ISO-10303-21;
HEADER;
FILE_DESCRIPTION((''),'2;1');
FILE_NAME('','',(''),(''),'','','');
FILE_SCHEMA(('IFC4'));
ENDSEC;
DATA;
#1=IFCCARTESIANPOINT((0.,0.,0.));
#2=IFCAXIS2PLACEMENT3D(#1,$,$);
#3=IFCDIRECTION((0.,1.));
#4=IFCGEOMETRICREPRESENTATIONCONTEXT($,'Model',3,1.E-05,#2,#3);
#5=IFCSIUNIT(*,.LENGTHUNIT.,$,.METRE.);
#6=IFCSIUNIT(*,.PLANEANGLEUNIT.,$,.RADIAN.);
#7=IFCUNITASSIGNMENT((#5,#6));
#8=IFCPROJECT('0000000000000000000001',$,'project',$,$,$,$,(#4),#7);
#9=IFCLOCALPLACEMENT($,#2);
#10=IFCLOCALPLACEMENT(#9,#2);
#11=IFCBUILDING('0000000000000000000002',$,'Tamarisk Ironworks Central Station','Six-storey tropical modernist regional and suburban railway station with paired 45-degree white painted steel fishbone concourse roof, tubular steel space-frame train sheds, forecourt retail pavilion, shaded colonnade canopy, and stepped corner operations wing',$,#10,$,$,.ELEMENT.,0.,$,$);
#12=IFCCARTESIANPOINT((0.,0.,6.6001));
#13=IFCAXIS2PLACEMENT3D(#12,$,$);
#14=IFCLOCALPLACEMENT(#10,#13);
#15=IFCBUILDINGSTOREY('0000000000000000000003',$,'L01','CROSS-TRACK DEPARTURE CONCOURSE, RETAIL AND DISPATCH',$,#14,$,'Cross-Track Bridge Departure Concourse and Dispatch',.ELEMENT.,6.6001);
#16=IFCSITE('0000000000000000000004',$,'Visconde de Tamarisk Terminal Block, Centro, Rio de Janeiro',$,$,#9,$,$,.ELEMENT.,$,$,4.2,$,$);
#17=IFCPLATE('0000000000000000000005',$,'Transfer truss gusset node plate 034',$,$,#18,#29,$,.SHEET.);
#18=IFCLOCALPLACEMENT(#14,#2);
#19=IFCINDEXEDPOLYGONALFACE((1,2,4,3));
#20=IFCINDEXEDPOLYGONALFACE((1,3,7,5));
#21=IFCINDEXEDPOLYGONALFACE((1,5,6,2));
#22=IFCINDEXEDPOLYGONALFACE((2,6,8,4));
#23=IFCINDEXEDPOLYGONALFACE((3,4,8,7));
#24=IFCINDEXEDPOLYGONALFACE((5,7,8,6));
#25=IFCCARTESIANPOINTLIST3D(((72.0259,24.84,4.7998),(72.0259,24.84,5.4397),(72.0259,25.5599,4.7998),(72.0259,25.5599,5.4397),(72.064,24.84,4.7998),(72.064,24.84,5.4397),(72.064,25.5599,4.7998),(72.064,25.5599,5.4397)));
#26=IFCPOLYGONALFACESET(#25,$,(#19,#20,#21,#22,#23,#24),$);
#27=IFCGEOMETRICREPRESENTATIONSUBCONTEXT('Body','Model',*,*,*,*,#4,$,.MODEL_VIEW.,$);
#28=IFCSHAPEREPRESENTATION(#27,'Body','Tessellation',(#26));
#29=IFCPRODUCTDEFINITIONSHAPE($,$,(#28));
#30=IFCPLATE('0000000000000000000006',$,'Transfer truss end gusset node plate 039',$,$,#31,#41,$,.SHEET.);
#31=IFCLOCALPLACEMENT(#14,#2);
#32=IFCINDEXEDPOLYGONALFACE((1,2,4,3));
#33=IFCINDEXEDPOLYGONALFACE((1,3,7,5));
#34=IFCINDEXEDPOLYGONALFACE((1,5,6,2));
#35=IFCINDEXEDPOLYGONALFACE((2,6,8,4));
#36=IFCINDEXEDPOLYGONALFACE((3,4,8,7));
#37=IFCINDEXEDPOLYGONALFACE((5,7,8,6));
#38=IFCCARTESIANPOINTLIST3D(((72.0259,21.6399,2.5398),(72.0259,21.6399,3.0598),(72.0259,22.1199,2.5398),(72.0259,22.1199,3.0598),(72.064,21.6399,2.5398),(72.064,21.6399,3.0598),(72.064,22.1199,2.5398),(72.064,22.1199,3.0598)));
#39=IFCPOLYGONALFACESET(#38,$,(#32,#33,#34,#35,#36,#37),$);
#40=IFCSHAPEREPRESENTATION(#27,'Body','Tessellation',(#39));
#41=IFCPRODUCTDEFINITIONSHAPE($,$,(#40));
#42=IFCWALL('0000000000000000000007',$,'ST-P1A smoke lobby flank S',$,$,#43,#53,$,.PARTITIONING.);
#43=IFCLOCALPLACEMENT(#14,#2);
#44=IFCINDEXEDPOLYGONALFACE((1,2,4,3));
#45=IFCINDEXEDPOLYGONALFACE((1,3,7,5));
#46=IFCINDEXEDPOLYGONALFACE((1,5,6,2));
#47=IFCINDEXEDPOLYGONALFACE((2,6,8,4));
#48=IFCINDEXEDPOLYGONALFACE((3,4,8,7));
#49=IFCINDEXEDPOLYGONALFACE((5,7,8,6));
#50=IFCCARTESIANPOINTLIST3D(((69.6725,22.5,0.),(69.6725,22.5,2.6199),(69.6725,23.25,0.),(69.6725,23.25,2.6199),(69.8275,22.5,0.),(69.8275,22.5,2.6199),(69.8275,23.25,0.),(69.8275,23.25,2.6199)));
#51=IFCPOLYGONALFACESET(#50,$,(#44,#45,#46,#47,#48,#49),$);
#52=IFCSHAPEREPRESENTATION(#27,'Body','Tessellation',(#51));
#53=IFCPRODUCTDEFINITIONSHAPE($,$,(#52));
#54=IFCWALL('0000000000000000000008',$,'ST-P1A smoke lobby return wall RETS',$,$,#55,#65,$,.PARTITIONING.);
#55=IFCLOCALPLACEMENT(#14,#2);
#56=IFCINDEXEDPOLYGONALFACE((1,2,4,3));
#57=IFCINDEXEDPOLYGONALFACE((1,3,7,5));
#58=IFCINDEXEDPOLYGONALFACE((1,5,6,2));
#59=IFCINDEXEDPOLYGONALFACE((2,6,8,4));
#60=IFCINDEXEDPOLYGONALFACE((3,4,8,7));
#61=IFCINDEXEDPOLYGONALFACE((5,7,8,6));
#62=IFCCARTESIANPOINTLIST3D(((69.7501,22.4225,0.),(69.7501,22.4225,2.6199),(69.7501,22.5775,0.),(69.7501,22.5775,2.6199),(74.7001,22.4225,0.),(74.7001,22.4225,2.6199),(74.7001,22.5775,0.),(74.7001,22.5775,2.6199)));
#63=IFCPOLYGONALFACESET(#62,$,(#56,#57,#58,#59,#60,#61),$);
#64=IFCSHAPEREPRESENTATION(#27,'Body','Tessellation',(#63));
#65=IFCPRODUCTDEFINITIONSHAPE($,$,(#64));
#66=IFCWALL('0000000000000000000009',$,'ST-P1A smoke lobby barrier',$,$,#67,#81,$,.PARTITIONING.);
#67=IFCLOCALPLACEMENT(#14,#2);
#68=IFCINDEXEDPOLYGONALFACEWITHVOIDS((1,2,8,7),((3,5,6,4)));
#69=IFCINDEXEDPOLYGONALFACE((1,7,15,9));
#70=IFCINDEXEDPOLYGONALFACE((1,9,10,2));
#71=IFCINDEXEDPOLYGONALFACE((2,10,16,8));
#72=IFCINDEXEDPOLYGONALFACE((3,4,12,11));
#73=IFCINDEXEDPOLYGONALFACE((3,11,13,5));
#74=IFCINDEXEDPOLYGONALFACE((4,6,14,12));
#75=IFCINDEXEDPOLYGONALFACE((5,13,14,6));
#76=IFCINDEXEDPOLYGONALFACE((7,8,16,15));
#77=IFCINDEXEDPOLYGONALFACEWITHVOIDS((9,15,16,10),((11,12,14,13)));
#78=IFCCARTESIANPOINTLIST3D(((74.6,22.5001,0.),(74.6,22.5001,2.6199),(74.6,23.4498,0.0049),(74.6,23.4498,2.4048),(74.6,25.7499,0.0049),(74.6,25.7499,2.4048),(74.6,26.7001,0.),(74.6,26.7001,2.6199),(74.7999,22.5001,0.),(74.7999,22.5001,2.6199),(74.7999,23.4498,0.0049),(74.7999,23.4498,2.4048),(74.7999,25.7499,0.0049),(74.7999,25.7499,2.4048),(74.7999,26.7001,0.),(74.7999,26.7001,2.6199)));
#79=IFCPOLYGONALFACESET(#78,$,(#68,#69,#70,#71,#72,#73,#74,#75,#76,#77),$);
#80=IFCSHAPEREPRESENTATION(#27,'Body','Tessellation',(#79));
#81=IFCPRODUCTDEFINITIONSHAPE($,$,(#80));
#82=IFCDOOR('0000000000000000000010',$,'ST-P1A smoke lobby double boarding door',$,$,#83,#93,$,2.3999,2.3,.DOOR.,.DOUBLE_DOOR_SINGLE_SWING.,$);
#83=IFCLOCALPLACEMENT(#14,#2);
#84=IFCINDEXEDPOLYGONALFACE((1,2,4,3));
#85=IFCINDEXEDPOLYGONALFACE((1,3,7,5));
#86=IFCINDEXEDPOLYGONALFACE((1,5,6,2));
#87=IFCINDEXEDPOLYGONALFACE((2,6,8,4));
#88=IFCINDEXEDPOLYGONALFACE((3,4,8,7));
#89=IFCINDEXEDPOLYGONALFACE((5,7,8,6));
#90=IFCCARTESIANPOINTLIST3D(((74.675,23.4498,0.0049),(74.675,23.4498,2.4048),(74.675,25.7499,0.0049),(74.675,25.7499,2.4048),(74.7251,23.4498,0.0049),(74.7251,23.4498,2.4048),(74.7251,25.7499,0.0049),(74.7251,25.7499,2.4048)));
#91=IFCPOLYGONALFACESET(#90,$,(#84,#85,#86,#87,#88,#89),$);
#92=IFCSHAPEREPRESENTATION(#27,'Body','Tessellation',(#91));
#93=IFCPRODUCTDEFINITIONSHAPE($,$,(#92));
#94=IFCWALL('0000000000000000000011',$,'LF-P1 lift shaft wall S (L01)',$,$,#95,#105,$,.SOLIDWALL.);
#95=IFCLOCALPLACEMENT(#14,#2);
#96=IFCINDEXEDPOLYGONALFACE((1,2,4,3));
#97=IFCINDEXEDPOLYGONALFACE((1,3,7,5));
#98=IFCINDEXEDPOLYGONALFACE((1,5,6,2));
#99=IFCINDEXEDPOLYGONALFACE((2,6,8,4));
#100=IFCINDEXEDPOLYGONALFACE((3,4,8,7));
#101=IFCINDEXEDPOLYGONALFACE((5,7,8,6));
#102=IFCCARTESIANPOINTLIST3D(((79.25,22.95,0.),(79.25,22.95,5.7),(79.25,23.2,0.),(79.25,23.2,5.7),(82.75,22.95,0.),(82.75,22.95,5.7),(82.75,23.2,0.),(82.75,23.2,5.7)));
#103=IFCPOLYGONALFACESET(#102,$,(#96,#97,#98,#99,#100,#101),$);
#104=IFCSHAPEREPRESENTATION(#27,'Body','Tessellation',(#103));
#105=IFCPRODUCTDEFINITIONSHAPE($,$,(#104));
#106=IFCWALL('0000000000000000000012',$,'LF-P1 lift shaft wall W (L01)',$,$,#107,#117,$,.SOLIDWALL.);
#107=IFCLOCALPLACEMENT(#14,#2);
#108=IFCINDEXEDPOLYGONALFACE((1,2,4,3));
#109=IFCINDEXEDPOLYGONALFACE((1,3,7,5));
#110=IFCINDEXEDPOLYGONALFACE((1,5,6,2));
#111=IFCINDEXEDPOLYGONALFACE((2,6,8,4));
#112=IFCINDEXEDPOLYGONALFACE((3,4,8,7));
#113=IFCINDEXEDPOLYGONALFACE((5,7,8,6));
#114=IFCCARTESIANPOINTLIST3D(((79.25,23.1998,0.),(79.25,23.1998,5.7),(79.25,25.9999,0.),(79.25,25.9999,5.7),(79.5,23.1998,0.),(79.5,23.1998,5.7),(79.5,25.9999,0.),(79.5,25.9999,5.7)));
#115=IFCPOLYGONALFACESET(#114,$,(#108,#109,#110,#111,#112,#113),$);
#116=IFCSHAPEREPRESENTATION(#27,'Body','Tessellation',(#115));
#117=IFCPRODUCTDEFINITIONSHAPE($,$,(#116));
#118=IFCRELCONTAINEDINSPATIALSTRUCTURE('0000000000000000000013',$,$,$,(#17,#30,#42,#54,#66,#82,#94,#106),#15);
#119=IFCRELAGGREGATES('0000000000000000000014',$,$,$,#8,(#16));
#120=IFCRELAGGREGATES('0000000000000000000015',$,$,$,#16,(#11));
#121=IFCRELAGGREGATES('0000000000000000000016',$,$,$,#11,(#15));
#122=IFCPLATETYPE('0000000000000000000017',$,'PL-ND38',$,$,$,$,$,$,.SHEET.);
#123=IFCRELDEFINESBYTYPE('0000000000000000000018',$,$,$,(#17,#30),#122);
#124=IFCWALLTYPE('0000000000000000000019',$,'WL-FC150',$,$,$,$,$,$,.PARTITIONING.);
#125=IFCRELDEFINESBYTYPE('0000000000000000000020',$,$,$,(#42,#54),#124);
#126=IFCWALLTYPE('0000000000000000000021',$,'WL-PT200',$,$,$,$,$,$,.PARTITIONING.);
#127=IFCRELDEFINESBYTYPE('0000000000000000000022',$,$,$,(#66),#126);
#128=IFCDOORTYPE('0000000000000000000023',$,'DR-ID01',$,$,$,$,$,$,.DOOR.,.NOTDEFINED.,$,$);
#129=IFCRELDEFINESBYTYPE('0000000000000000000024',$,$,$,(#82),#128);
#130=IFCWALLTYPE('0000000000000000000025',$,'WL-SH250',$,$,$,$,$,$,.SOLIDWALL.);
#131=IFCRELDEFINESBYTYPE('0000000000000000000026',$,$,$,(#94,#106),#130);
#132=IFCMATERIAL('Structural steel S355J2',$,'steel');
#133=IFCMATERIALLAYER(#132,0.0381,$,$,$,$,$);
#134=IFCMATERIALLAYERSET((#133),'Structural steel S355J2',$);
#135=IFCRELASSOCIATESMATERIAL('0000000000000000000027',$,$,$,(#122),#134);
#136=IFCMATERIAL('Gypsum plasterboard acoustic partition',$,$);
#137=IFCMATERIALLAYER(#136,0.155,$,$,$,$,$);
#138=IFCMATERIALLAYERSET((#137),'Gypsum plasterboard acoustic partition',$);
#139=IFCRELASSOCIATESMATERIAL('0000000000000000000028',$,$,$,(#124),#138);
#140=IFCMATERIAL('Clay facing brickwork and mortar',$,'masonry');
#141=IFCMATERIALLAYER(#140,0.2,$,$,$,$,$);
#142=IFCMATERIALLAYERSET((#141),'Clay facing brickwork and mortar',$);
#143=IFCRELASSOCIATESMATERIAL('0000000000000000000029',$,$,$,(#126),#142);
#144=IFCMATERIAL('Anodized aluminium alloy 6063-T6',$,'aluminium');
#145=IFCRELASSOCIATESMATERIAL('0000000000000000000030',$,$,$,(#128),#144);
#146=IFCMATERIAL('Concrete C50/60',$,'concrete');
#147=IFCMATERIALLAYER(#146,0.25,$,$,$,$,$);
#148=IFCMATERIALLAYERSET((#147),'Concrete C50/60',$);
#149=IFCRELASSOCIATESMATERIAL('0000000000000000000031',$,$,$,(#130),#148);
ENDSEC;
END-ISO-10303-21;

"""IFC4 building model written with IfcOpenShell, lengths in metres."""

from ifc_helpers import new_model, si_unit, direction, frame, frame_2d, origin, origin_2d, place, context, subcontext, project, spatial, rectangle, extrude, material, layer, layer_set, type_object, element, fill, save


model = new_model("IFC4")

# Units and contexts
model_context = context("Model", 3, precision=1e-05, world=origin(), true_north=direction((0.0, 1.0)))
body_context = subcontext(model_context, "Body", "Model", "MODEL_VIEW")
ifc_project = project(units=[si_unit("LENGTHUNIT", "METRE"), si_unit("PLANEANGLEUNIT", "RADIAN")], contexts=[model_context])

# Site, building, storey
site_placement = place(None, origin())
site = spatial("IfcSite", under=ifc_project, at=site_placement, Name="Visconde de Tamarisk Terminal Block, Centro, Rio de Janeiro", CompositionType="ELEMENT", RefElevation=4.2)
building_placement = place(site_placement, origin())
building = spatial("IfcBuilding", under=site, at=building_placement, Name="Tamarisk Ironworks Central Station", Description="Six-storey tropical modernist regional and suburban railway station with paired 45-degree white painted steel fishbone concourse roof, tubular steel space-frame train sheds, forecourt retail pavilion, shaded colonnade canopy, and stepped corner operations wing", CompositionType="ELEMENT", ElevationOfRefHeight=0.0)
storey_placement = place(building_placement, frame((0.0, 0.0, 6.6001)))
storey = spatial("IfcBuildingStorey", under=building, at=storey_placement, Name="L01", Description="CROSS-TRACK DEPARTURE CONCOURSE, RETAIL AND DISPATCH", LongName="Cross-Track Bridge Departure Concourse and Dispatch", CompositionType="ELEMENT", Elevation=6.6001)

# Shared definitions
ifc_material_1 = material(Name="Structural steel S355J2", Category="steel")

# Plates
ifc_layer_1 = layer(ifc_material_1, 0.0381)
ifc_layer_set_1 = layer_set([ifc_layer_1], Name="Structural steel S355J2")
plate_type_1 = type_object("IfcPlateType", Name="PL-ND38", PredefinedType="SHEET", material=ifc_layer_set_1)
for number, where, z_axis, x_axis, name in (
    (1, (72.0449, 25.2, 4.7998), (0.0, 0.0, 1.0), (1.0, 0.0, 0.0), "Transfer truss gusset node plate 034"),
):
    element("IfcPlate", number, at=place(storey_placement, frame(where, z_axis=z_axis, x_axis=x_axis)), inside=storey, type_object=plate_type_1, Name=name, PredefinedType="SHEET", context=body_context, shape_type="SweptSolid", body=[
        extrude(rectangle(XDim=0.0381, YDim=0.72, at=origin_2d()), origin(), (0.0, 0.0, 1.0), 0.6399),
    ])
plate_1_placement = place(storey_placement, frame((72.0449, 21.8799, 2.5398), z_axis=(0.0, 0.0, 1.0), x_axis=(1.0, 0.0, 0.0)))
element("IfcPlate", 2, at=plate_1_placement, inside=storey, type_object=plate_type_1, Name="Transfer truss end gusset node plate 039", PredefinedType="SHEET", context=body_context, shape_type="SweptSolid", body=[
    extrude(rectangle(XDim=0.0381, YDim=0.48, at=origin_2d()), origin(), (0.0, 0.0, 1.0), 0.52),
])

# Walls
ifc_material_2 = material(Name="Gypsum plasterboard acoustic partition")
ifc_layer_2 = layer(ifc_material_2, 0.155)
ifc_layer_set_2 = layer_set([ifc_layer_2], Name="Gypsum plasterboard acoustic partition")
wall_type_1 = type_object("IfcWallType", Name="WL-FC150", PredefinedType="PARTITIONING", material=ifc_layer_set_2)
wall_1_placement = place(storey_placement, frame((69.75, 22.5, 0.0), z_axis=(0.0, 0.0, 1.0), x_axis=(0.0, 1.0, 0.0)))
element("IfcWall", 3, at=wall_1_placement, inside=storey, type_object=wall_type_1, Name="ST-P1A smoke lobby flank S", PredefinedType="PARTITIONING", context=body_context, shape_type="SweptSolid", body=[
    extrude(rectangle(XDim=0.75, YDim=0.155, at=frame_2d((0.375, 0.0))), origin(), (0.0, 0.0, 1.0), 2.6199),
])
wall_2_placement = place(storey_placement, frame((69.75, 22.5, 0.0), z_axis=(0.0, 0.0, 1.0), x_axis=(1.0, 0.0, 0.0)))
element("IfcWall", 4, at=wall_2_placement, inside=storey, type_object=wall_type_1, Name="ST-P1A smoke lobby return wall RETS", PredefinedType="PARTITIONING", context=body_context, shape_type="SweptSolid", body=[
    extrude(rectangle(XDim=4.95, YDim=0.155, at=frame_2d((2.4751, 0.0))), origin(), (0.0, 0.0, 1.0), 2.6199),
])

# Wall, opening, door
ifc_material_3 = material(Name="Clay facing brickwork and mortar", Category="masonry")
ifc_layer_3 = layer(ifc_material_3, 0.2)
ifc_layer_set_3 = layer_set([ifc_layer_3], Name="Clay facing brickwork and mortar")
wall_type_2 = type_object("IfcWallType", Name="WL-PT200", PredefinedType="PARTITIONING", material=ifc_layer_set_3)
wall_3_placement = place(storey_placement, frame((74.7, 22.5, 0.0), z_axis=(0.0, 0.0, 1.0), x_axis=(0.0, 1.0, 0.0)))
wall_3 = element("IfcWall", 5, at=wall_3_placement, inside=storey, type_object=wall_type_2, Name="ST-P1A smoke lobby barrier", PredefinedType="PARTITIONING", context=body_context, shape_type="SweptSolid", body=[
    extrude(rectangle(XDim=4.2, YDim=0.2, at=frame_2d((2.1001, 0.0))), origin(), (0.0, 0.0, 1.0), 2.6199),
])
opening_placement = place(wall_3_placement, frame((0.95, 0.0, 0.0049)))
opening = element("IfcOpeningElement", 6, at=opening_placement, cuts=wall_3, PredefinedType="OPENING", context=body_context, shape_type="SweptSolid", body=[
    extrude(rectangle(XDim=2.3, YDim=2.3999, at=frame_2d((1.1499, 1.2))), frame((0.0, 0.1118, 0.0), z_axis=(0.0, -1.0, 0.0), x_axis=(1.0, 0.0, 0.0)), (0.0, 0.0, 1.0), 0.2239),
])
ifc_material_4 = material(Name="Anodized aluminium alloy 6063-T6", Category="aluminium")
door_type = type_object("IfcDoorType", Name="DR-ID01", OperationType="NOTDEFINED", PredefinedType="DOOR", material=ifc_material_4)
door_placement = place(opening_placement, origin())
door = element("IfcDoor", 7, at=door_placement, inside=storey, type_object=door_type, Name="ST-P1A smoke lobby double boarding door", OperationType="DOUBLE_DOOR_SINGLE_SWING", OverallHeight=2.3999, OverallWidth=2.3, PredefinedType="DOOR", context=body_context, shape_type="SweptSolid", body=[
    extrude(rectangle(XDim=2.3, YDim=2.3999, at=frame_2d((1.1499, 1.2))), frame((0.0, 0.0249, 0.0), z_axis=(0.0, -1.0, 0.0), x_axis=(1.0, 0.0, 0.0)), (0.0, 0.0, 1.0), 0.05),
])
fill(opening, door)

# Walls
ifc_material_5 = material(Name="Concrete C50/60", Category="concrete")
ifc_layer_4 = layer(ifc_material_5, 0.25)
ifc_layer_set_4 = layer_set([ifc_layer_4], Name="Concrete C50/60")
wall_type_3 = type_object("IfcWallType", Name="WL-SH250", PredefinedType="SOLIDWALL", material=ifc_layer_set_4)
wall_4_placement = place(storey_placement, frame((79.25, 23.075, 0.0), z_axis=(0.0, 0.0, 1.0), x_axis=(1.0, 0.0, 0.0)))
element("IfcWall", 8, at=wall_4_placement, inside=storey, type_object=wall_type_3, Name="LF-P1 lift shaft wall S (L01)", PredefinedType="SOLIDWALL", context=body_context, shape_type="SweptSolid", body=[
    extrude(rectangle(XDim=3.5, YDim=0.25, at=frame_2d((1.75, 0.0))), origin(), (0.0, 0.0, 1.0), 5.7),
])
wall_5_placement = place(storey_placement, frame((79.375, 23.2, 0.0), z_axis=(0.0, 0.0, 1.0), x_axis=(0.0, 1.0, 0.0)))
element("IfcWall", 9, at=wall_5_placement, inside=storey, type_object=wall_type_3, Name="LF-P1 lift shaft wall W (L01)", PredefinedType="SOLIDWALL", context=body_context, shape_type="SweptSolid", body=[
    extrude(rectangle(XDim=2.8, YDim=0.25, at=frame_2d((1.3999, 0.0))), origin(), (0.0, 0.0, 1.0), 5.7),
])

save(model, "model.ifc")
